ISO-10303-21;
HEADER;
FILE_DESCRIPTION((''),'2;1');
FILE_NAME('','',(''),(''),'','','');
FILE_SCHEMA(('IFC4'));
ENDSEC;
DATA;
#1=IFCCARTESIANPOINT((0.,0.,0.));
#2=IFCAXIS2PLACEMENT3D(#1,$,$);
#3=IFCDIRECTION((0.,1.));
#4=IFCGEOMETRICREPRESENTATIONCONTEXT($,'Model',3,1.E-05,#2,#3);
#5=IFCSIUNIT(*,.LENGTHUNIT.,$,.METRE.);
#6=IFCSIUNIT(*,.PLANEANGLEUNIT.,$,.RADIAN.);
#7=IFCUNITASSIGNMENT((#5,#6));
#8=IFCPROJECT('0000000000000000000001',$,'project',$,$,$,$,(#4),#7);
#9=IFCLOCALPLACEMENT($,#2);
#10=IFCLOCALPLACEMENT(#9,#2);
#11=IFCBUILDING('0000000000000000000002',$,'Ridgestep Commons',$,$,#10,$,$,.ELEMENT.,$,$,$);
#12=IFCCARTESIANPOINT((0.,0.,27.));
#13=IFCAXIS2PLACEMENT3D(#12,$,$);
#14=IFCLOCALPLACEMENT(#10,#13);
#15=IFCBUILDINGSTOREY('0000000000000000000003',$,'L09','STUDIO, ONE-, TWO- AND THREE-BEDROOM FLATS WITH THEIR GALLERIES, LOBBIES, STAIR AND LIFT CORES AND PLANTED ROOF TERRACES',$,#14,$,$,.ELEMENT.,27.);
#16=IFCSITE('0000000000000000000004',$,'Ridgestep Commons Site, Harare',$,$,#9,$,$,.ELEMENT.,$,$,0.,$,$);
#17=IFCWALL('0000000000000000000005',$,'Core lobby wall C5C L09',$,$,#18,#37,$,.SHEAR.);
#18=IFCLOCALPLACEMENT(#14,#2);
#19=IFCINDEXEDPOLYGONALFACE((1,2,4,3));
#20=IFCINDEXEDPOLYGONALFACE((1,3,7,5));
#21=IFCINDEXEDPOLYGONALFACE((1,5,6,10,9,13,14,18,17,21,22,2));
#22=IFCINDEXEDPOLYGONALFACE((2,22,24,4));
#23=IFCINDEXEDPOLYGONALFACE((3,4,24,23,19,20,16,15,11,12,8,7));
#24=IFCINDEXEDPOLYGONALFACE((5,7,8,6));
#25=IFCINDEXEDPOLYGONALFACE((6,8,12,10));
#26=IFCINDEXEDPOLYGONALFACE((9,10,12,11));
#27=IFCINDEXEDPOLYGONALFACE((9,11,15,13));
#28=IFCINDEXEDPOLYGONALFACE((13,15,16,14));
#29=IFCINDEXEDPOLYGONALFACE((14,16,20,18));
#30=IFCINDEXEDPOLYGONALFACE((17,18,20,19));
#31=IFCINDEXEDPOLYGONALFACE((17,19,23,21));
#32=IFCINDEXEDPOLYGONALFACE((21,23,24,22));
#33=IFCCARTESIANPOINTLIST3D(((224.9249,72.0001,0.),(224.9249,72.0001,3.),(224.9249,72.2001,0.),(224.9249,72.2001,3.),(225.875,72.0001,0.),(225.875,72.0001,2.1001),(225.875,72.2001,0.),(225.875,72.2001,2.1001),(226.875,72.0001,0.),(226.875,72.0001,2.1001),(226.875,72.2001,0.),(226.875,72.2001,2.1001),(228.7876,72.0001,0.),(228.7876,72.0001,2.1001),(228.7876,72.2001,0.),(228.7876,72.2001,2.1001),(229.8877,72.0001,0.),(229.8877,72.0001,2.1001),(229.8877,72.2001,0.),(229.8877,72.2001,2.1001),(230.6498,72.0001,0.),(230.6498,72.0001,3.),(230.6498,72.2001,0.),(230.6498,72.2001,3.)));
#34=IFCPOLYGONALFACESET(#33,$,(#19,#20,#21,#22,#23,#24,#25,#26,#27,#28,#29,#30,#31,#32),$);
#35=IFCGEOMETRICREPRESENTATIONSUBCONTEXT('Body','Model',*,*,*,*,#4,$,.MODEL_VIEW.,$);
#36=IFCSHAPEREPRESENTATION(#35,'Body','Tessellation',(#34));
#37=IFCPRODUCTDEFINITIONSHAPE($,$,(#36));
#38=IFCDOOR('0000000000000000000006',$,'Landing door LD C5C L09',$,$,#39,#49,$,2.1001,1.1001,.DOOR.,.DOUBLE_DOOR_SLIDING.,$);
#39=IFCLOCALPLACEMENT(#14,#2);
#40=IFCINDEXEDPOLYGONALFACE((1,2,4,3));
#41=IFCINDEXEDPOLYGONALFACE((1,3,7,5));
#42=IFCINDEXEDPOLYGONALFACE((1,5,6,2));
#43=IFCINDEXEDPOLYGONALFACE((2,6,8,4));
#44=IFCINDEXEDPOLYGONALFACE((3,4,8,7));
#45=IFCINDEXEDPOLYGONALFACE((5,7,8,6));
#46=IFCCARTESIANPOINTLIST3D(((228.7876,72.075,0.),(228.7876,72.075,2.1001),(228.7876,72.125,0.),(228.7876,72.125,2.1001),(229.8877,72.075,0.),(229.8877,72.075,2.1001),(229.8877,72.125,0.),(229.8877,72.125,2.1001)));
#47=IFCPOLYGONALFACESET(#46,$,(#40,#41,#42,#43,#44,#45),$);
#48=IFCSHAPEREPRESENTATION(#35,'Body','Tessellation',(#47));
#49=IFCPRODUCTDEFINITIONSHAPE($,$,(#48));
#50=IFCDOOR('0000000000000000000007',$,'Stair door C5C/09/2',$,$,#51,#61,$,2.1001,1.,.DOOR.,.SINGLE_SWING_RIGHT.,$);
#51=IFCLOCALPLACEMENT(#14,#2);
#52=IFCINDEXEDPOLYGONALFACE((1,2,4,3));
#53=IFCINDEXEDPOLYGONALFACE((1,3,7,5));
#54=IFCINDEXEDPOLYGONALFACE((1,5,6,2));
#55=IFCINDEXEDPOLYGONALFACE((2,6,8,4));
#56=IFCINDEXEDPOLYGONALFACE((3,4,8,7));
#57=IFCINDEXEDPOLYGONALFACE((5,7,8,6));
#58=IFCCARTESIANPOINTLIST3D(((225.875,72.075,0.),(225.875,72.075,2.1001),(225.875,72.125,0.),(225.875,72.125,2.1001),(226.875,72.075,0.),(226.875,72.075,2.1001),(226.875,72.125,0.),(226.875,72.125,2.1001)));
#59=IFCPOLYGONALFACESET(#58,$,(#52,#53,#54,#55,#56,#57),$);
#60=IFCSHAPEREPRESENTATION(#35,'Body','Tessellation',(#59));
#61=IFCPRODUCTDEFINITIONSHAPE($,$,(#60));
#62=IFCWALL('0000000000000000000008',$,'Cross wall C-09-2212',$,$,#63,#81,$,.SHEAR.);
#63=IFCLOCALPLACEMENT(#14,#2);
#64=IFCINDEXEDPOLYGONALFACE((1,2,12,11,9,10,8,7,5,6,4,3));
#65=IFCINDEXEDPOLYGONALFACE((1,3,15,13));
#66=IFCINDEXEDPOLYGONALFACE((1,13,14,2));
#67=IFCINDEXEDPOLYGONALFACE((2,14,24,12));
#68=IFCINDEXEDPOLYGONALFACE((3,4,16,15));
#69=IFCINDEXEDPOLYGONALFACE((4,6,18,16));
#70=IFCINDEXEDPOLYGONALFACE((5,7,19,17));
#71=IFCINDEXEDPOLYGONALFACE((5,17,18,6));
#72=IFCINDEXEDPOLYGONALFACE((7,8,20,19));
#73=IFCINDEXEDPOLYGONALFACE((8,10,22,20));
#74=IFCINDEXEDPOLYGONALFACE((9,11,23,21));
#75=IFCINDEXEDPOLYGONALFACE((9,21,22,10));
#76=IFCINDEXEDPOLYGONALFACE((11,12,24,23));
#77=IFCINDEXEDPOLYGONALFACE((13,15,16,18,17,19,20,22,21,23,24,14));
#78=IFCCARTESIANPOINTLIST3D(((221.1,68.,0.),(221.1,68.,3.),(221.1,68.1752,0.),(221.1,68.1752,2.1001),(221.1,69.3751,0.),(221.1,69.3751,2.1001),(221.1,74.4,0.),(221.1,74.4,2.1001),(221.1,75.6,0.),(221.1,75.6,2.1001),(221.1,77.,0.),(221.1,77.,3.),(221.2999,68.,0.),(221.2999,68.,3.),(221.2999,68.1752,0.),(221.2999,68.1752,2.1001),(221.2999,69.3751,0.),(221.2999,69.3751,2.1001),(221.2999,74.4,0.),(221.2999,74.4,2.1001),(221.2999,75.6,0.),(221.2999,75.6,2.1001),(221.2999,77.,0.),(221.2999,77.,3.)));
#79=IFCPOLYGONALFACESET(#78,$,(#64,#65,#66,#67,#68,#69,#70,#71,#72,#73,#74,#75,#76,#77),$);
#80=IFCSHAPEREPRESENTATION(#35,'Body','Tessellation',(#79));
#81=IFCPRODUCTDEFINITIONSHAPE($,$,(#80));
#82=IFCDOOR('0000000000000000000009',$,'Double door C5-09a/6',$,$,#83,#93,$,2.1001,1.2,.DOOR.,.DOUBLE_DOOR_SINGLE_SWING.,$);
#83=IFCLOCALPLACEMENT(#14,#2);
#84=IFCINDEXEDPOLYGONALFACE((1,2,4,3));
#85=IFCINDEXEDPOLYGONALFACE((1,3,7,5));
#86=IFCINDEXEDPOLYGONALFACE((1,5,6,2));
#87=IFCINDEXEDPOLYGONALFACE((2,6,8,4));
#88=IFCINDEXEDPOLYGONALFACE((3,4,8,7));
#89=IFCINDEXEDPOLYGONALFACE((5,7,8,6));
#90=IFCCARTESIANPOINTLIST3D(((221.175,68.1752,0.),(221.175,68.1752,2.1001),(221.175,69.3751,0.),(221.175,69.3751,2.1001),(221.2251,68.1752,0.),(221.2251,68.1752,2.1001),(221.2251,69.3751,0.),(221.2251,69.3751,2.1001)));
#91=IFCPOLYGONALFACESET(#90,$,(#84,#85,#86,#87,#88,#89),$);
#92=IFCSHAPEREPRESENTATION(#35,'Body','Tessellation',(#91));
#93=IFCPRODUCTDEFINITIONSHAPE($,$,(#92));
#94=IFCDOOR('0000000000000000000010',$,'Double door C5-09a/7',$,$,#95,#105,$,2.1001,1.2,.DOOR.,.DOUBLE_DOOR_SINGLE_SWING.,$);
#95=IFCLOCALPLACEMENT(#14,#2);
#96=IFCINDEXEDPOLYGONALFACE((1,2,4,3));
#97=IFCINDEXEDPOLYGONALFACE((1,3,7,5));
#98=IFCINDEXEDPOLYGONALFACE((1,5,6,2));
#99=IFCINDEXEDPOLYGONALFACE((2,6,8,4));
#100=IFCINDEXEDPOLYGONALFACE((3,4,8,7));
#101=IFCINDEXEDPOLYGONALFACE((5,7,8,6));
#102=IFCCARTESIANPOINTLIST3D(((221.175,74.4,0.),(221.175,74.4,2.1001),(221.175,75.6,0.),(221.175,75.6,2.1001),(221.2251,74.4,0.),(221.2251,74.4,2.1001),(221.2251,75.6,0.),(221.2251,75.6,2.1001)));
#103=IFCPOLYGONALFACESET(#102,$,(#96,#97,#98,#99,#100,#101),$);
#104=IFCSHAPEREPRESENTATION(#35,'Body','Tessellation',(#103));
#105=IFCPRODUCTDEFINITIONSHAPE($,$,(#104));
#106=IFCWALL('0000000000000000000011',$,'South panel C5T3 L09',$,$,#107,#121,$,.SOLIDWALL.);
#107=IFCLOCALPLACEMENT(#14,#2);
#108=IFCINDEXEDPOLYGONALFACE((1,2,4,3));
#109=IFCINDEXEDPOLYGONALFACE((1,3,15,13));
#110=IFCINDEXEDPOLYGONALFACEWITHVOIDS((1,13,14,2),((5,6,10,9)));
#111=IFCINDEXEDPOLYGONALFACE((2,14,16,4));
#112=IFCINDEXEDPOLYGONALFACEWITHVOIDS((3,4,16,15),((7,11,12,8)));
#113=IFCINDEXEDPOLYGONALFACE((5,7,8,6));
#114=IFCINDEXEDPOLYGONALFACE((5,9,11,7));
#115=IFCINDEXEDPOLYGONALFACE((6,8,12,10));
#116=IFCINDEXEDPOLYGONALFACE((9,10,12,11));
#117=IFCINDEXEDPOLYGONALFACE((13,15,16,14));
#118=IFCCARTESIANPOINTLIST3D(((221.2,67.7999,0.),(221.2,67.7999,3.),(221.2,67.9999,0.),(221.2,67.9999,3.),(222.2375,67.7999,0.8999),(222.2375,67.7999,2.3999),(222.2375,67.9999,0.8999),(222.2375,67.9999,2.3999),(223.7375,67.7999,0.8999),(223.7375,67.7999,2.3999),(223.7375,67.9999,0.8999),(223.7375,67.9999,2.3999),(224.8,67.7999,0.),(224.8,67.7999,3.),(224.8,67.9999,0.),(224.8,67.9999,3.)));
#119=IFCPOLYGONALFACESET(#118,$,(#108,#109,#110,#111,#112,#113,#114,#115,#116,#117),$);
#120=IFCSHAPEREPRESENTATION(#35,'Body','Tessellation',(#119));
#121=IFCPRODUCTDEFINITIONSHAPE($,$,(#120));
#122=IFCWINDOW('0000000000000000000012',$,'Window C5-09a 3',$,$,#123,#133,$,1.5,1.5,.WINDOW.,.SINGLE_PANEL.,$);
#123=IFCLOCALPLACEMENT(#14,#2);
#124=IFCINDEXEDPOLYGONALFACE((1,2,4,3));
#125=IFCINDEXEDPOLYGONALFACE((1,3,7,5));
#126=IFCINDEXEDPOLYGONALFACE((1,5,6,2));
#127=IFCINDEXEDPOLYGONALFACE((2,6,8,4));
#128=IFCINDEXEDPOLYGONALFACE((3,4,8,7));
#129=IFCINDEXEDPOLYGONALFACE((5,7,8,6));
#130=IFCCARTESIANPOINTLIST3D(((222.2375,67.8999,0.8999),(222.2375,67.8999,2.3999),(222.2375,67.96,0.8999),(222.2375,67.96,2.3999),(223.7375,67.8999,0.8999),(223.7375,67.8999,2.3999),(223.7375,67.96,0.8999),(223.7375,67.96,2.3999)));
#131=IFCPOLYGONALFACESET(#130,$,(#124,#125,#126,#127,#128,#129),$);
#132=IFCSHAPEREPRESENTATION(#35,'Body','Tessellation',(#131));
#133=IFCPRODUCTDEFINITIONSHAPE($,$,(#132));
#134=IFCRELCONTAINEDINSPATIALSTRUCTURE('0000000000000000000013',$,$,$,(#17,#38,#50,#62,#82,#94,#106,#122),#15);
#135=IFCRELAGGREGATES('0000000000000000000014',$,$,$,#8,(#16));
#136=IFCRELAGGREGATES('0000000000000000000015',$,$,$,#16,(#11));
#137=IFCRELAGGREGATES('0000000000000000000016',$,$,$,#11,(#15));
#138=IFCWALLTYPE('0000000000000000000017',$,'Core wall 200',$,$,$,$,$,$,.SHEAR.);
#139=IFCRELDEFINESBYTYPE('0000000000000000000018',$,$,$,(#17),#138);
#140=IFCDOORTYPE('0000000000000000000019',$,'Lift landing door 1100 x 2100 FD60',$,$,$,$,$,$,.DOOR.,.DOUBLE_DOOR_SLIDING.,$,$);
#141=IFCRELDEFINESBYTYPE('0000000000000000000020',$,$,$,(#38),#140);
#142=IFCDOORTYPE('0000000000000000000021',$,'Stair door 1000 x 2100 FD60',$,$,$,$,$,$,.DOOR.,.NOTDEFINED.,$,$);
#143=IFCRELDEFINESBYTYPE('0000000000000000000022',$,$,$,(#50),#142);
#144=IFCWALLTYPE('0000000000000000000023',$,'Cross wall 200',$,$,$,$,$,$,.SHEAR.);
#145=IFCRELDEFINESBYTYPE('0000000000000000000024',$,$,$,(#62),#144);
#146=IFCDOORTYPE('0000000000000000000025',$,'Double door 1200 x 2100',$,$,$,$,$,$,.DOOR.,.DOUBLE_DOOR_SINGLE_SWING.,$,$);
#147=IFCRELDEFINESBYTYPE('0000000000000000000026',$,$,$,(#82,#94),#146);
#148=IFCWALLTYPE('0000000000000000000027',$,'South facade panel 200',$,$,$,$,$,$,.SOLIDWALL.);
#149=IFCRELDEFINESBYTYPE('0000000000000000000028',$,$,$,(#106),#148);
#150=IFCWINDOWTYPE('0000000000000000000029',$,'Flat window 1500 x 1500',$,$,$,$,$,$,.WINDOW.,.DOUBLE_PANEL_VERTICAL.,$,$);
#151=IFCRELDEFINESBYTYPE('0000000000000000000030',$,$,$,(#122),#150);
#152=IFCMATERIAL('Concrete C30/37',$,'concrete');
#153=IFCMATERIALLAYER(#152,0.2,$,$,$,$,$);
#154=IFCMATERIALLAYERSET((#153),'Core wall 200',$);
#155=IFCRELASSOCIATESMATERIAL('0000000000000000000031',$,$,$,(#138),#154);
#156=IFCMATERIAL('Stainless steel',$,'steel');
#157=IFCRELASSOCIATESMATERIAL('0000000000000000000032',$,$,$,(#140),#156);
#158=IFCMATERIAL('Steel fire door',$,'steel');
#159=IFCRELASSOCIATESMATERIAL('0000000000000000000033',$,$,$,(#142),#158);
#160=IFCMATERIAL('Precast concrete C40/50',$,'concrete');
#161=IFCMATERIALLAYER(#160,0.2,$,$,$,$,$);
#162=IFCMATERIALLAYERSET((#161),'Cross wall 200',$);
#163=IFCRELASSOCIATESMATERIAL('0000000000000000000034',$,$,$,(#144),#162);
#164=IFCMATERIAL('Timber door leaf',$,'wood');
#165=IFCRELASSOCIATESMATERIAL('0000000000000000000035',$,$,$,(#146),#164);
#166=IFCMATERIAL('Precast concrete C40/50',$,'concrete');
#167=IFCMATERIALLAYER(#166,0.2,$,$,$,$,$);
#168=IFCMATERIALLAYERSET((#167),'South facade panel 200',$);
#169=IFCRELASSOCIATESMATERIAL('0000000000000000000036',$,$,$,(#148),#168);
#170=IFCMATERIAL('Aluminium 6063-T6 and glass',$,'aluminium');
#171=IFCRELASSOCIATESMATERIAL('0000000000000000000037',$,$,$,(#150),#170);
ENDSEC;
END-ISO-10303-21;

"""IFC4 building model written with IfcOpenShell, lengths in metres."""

from ifc_helpers import new_model, si_unit, direction, frame, frame_2d, origin, place, context, subcontext, project, spatial, rectangle, extrude, material, layer, layer_set, type_object, element, fill, save


model = new_model("IFC4")

# Units and contexts
model_context = context("Model", 3, precision=1e-05, world=origin(), true_north=direction((0.0, 1.0)))
body_context = subcontext(model_context, "Body", "Model", "MODEL_VIEW")
ifc_project = project(units=[si_unit("LENGTHUNIT", "METRE"), si_unit("PLANEANGLEUNIT", "RADIAN")], contexts=[model_context])

# Site, building, storey
site_placement = place(None, origin())
site = spatial("IfcSite", under=ifc_project, at=site_placement, Name="Ridgestep Commons Site, Harare", CompositionType="ELEMENT", RefElevation=0.0)
building_placement = place(site_placement, origin())
building = spatial("IfcBuilding", under=site, at=building_placement, Name="Ridgestep Commons", CompositionType="ELEMENT")
storey_placement = place(building_placement, frame((0.0, 0.0, 27.0)))
storey = spatial("IfcBuildingStorey", under=building, at=storey_placement, Name="L09", Description="STUDIO, ONE-, TWO- AND THREE-BEDROOM FLATS WITH THEIR GALLERIES, LOBBIES, STAIR AND LIFT CORES AND PLANTED ROOF TERRACES", CompositionType="ELEMENT", Elevation=27.0)

# Walls, openings, doors
ifc_material_1 = material(Name="Concrete C30/37", Category="concrete")
ifc_layer_1 = layer(ifc_material_1, 0.2)
ifc_layer_set_1 = layer_set([ifc_layer_1], Name="Core wall 200")
wall_type_1 = type_object("IfcWallType", Name="Core wall 200", PredefinedType="SHEAR", material=ifc_layer_set_1)
wall_1_placement = place(storey_placement, frame((224.925, 72.1001, 0.0), z_axis=(0.0, 0.0, 1.0), x_axis=(1.0, 0.0, 0.0)))
wall_1 = element("IfcWall", 1, at=wall_1_placement, inside=storey, type_object=wall_type_1, Name="Core lobby wall C5C L09", PredefinedType="SHEAR", context=body_context, shape_type="SweptSolid", body=[
    extrude(rectangle(XDim=5.7249, YDim=0.2, at=frame_2d((2.8623, 0.0))), origin(), (0.0, 0.0, 1.0), 3.0),
])
opening_1_placement = place(wall_1_placement, frame((0.95, 0.0, 0.0)))
opening_1 = element("IfcOpeningElement", 2, at=opening_1_placement, cuts=wall_1, PredefinedType="OPENING", context=body_context, shape_type="SweptSolid", body=[
    extrude(rectangle(XDim=1.0, YDim=2.1001, at=frame_2d((0.5, 1.05))), frame((0.0, 0.1099, 0.0), z_axis=(0.0, -1.0, 0.0), x_axis=(1.0, 0.0, 0.0)), (0.0, 0.0, 1.0), 0.22),
])
opening_2_placement = place(wall_1_placement, frame((3.8625, 0.0, 0.0)))
opening_2 = element("IfcOpeningElement", 3, at=opening_2_placement, cuts=wall_1, PredefinedType="OPENING", context=body_context, shape_type="SweptSolid", body=[
    extrude(rectangle(XDim=1.1001, YDim=2.1001, at=frame_2d((0.55, 1.05))), frame((0.0, 0.1099, 0.0), z_axis=(0.0, -1.0, 0.0), x_axis=(1.0, 0.0, 0.0)), (0.0, 0.0, 1.0), 0.22),
])
ifc_material_2 = material(Name="Stainless steel", Category="steel")
door_type_1 = type_object("IfcDoorType", Name="Lift landing door 1100 x 2100 FD60", OperationType="DOUBLE_DOOR_SLIDING", PredefinedType="DOOR", material=ifc_material_2)
door_1_placement = place(opening_2_placement, origin())
door_1 = element("IfcDoor", 4, at=door_1_placement, inside=storey, type_object=door_type_1, Name="Landing door LD C5C L09", OperationType="DOUBLE_DOOR_SLIDING", OverallHeight=2.1001, OverallWidth=1.1001, PredefinedType="DOOR", context=body_context, shape_type="SweptSolid", body=[
    extrude(rectangle(XDim=1.1001, YDim=2.1001, at=frame_2d((0.55, 1.05))), frame((0.0, 0.0249, 0.0), z_axis=(0.0, -1.0, 0.0), x_axis=(1.0, 0.0, 0.0)), (0.0, 0.0, 1.0), 0.05),
])
fill(opening_2, door_1)
ifc_material_3 = material(Name="Steel fire door", Category="steel")
door_type_2 = type_object("IfcDoorType", Name="Stair door 1000 x 2100 FD60", OperationType="NOTDEFINED", PredefinedType="DOOR", material=ifc_material_3)
door_2_placement = place(opening_1_placement, origin())
door_2 = element("IfcDoor", 5, at=door_2_placement, inside=storey, type_object=door_type_2, Name="Stair door C5C/09/2", OperationType="SINGLE_SWING_RIGHT", OverallHeight=2.1001, OverallWidth=1.0, PredefinedType="DOOR", context=body_context, shape_type="SweptSolid", body=[
    extrude(rectangle(XDim=1.0, YDim=2.1001, at=frame_2d((0.5, 1.05))), frame((0.0, 0.0249, 0.0), z_axis=(0.0, -1.0, 0.0), x_axis=(1.0, 0.0, 0.0)), (0.0, 0.0, 1.0), 0.05),
])
fill(opening_1, door_2)
ifc_material_4 = material(Name="Precast concrete C40/50", Category="concrete")
ifc_layer_2 = layer(ifc_material_4, 0.2)
ifc_layer_set_2 = layer_set([ifc_layer_2], Name="Cross wall 200")
wall_type_2 = type_object("IfcWallType", Name="Cross wall 200", PredefinedType="SHEAR", material=ifc_layer_set_2)
wall_2_placement = place(storey_placement, frame((221.2, 68.0, 0.0), z_axis=(0.0, 0.0, 1.0), x_axis=(0.0, 1.0, 0.0)))
wall_2 = element("IfcWall", 6, at=wall_2_placement, inside=storey, type_object=wall_type_2, Name="Cross wall C-09-2212", PredefinedType="SHEAR", context=body_context, shape_type="SweptSolid", body=[
    extrude(rectangle(XDim=9.0, YDim=0.2, at=frame_2d((4.5, 0.0))), origin(), (0.0, 0.0, 1.0), 3.0),
])
opening_3_placement = place(wall_2_placement, frame((0.175, 0.0, 0.0)))
opening_3 = element("IfcOpeningElement", 7, at=opening_3_placement, cuts=wall_2, PredefinedType="OPENING", context=body_context, shape_type="SweptSolid", body=[
    extrude(rectangle(XDim=1.2, YDim=2.1001, at=frame_2d((0.6001, 1.05))), frame((0.0, 0.1099, 0.0), z_axis=(0.0, -1.0, 0.0), x_axis=(1.0, 0.0, 0.0)), (0.0, 0.0, 1.0), 0.22),
])
opening_4_placement = place(wall_2_placement, frame((6.3999, 0.0, 0.0)))
opening_4 = element("IfcOpeningElement", 8, at=opening_4_placement, cuts=wall_2, PredefinedType="OPENING", context=body_context, shape_type="SweptSolid", body=[
    extrude(rectangle(XDim=1.2, YDim=2.1001, at=frame_2d((0.6001, 1.05))), frame((0.0, 0.1099, 0.0), z_axis=(0.0, -1.0, 0.0), x_axis=(1.0, 0.0, 0.0)), (0.0, 0.0, 1.0), 0.22),
])
ifc_material_5 = material(Name="Timber door leaf", Category="wood")
door_type_3 = type_object("IfcDoorType", Name="Double door 1200 x 2100", OperationType="DOUBLE_DOOR_SINGLE_SWING", PredefinedType="DOOR", material=ifc_material_5)
door_3_placement = place(opening_3_placement, origin())
door_3 = element("IfcDoor", 9, at=door_3_placement, inside=storey, type_object=door_type_3, Name="Double door C5-09a/6", OperationType="DOUBLE_DOOR_SINGLE_SWING", OverallHeight=2.1001, OverallWidth=1.2, PredefinedType="DOOR", context=body_context, shape_type="SweptSolid", body=[
    extrude(rectangle(XDim=1.2, YDim=2.1001, at=frame_2d((0.6001, 1.05))), frame((0.0, 0.0249, 0.0), z_axis=(0.0, -1.0, 0.0), x_axis=(1.0, 0.0, 0.0)), (0.0, 0.0, 1.0), 0.05),
])
fill(opening_3, door_3)
door_4_placement = place(opening_4_placement, origin())
door_4 = element("IfcDoor", 10, at=door_4_placement, inside=storey, type_object=door_type_3, Name="Double door C5-09a/7", OperationType="DOUBLE_DOOR_SINGLE_SWING", OverallHeight=2.1001, OverallWidth=1.2, PredefinedType="DOOR", context=body_context, shape_type="SweptSolid", body=[
    extrude(rectangle(XDim=1.2, YDim=2.1001, at=frame_2d((0.6001, 1.05))), frame((0.0, 0.0249, 0.0), z_axis=(0.0, -1.0, 0.0), x_axis=(1.0, 0.0, 0.0)), (0.0, 0.0, 1.0), 0.05),
])
fill(opening_4, door_4)

# Wall, opening, window
ifc_material_6 = material(Name="Precast concrete C40/50", Category="concrete")
ifc_layer_3 = layer(ifc_material_6, 0.2)
ifc_layer_set_3 = layer_set([ifc_layer_3], Name="South facade panel 200")
wall_type_3 = type_object("IfcWallType", Name="South facade panel 200", PredefinedType="SOLIDWALL", material=ifc_layer_set_3)
wall_3_placement = place(storey_placement, frame((221.2, 67.8999, 0.0), z_axis=(0.0, 0.0, 1.0), x_axis=(1.0, 0.0, 0.0)))
wall_3 = element("IfcWall", 11, at=wall_3_placement, inside=storey, type_object=wall_type_3, Name="South panel C5T3 L09", PredefinedType="SOLIDWALL", context=body_context, shape_type="SweptSolid", body=[
    extrude(rectangle(XDim=3.6001, YDim=0.2, at=frame_2d((1.8, 0.0))), origin(), (0.0, 0.0, 1.0), 3.0),
])
opening_5_placement = place(wall_3_placement, frame((1.0376, 0.0, 0.8999)))
opening_5 = element("IfcOpeningElement", 12, at=opening_5_placement, cuts=wall_3, PredefinedType="OPENING", context=body_context, shape_type="SweptSolid", body=[
    extrude(rectangle(XDim=1.5, YDim=1.5, at=frame_2d((0.75, 0.75))), frame((0.0, 0.1099, 0.0), z_axis=(0.0, -1.0, 0.0), x_axis=(1.0, 0.0, 0.0)), (0.0, 0.0, 1.0), 0.22),
])
ifc_material_7 = material(Name="Aluminium 6063-T6 and glass", Category="aluminium")
window_type = type_object("IfcWindowType", Name="Flat window 1500 x 1500", PartitioningType="DOUBLE_PANEL_VERTICAL", PredefinedType="WINDOW", material=ifc_material_7)
window_placement = place(opening_5_placement, origin())
window = element("IfcWindow", 13, at=window_placement, inside=storey, type_object=window_type, Name="Window C5-09a 3", OverallHeight=1.5, OverallWidth=1.5, PartitioningType="SINGLE_PANEL", PredefinedType="WINDOW", context=body_context, shape_type="SweptSolid", body=[
    extrude(rectangle(XDim=1.5, YDim=1.5, at=frame_2d((0.75, 0.75))), frame((0.0, 0.0601, 0.0), z_axis=(0.0, -1.0, 0.0), x_axis=(1.0, 0.0, 0.0)), (0.0, 0.0, 1.0), 0.0601),
])
fill(opening_5, window)

save(model, "model.ifc")
